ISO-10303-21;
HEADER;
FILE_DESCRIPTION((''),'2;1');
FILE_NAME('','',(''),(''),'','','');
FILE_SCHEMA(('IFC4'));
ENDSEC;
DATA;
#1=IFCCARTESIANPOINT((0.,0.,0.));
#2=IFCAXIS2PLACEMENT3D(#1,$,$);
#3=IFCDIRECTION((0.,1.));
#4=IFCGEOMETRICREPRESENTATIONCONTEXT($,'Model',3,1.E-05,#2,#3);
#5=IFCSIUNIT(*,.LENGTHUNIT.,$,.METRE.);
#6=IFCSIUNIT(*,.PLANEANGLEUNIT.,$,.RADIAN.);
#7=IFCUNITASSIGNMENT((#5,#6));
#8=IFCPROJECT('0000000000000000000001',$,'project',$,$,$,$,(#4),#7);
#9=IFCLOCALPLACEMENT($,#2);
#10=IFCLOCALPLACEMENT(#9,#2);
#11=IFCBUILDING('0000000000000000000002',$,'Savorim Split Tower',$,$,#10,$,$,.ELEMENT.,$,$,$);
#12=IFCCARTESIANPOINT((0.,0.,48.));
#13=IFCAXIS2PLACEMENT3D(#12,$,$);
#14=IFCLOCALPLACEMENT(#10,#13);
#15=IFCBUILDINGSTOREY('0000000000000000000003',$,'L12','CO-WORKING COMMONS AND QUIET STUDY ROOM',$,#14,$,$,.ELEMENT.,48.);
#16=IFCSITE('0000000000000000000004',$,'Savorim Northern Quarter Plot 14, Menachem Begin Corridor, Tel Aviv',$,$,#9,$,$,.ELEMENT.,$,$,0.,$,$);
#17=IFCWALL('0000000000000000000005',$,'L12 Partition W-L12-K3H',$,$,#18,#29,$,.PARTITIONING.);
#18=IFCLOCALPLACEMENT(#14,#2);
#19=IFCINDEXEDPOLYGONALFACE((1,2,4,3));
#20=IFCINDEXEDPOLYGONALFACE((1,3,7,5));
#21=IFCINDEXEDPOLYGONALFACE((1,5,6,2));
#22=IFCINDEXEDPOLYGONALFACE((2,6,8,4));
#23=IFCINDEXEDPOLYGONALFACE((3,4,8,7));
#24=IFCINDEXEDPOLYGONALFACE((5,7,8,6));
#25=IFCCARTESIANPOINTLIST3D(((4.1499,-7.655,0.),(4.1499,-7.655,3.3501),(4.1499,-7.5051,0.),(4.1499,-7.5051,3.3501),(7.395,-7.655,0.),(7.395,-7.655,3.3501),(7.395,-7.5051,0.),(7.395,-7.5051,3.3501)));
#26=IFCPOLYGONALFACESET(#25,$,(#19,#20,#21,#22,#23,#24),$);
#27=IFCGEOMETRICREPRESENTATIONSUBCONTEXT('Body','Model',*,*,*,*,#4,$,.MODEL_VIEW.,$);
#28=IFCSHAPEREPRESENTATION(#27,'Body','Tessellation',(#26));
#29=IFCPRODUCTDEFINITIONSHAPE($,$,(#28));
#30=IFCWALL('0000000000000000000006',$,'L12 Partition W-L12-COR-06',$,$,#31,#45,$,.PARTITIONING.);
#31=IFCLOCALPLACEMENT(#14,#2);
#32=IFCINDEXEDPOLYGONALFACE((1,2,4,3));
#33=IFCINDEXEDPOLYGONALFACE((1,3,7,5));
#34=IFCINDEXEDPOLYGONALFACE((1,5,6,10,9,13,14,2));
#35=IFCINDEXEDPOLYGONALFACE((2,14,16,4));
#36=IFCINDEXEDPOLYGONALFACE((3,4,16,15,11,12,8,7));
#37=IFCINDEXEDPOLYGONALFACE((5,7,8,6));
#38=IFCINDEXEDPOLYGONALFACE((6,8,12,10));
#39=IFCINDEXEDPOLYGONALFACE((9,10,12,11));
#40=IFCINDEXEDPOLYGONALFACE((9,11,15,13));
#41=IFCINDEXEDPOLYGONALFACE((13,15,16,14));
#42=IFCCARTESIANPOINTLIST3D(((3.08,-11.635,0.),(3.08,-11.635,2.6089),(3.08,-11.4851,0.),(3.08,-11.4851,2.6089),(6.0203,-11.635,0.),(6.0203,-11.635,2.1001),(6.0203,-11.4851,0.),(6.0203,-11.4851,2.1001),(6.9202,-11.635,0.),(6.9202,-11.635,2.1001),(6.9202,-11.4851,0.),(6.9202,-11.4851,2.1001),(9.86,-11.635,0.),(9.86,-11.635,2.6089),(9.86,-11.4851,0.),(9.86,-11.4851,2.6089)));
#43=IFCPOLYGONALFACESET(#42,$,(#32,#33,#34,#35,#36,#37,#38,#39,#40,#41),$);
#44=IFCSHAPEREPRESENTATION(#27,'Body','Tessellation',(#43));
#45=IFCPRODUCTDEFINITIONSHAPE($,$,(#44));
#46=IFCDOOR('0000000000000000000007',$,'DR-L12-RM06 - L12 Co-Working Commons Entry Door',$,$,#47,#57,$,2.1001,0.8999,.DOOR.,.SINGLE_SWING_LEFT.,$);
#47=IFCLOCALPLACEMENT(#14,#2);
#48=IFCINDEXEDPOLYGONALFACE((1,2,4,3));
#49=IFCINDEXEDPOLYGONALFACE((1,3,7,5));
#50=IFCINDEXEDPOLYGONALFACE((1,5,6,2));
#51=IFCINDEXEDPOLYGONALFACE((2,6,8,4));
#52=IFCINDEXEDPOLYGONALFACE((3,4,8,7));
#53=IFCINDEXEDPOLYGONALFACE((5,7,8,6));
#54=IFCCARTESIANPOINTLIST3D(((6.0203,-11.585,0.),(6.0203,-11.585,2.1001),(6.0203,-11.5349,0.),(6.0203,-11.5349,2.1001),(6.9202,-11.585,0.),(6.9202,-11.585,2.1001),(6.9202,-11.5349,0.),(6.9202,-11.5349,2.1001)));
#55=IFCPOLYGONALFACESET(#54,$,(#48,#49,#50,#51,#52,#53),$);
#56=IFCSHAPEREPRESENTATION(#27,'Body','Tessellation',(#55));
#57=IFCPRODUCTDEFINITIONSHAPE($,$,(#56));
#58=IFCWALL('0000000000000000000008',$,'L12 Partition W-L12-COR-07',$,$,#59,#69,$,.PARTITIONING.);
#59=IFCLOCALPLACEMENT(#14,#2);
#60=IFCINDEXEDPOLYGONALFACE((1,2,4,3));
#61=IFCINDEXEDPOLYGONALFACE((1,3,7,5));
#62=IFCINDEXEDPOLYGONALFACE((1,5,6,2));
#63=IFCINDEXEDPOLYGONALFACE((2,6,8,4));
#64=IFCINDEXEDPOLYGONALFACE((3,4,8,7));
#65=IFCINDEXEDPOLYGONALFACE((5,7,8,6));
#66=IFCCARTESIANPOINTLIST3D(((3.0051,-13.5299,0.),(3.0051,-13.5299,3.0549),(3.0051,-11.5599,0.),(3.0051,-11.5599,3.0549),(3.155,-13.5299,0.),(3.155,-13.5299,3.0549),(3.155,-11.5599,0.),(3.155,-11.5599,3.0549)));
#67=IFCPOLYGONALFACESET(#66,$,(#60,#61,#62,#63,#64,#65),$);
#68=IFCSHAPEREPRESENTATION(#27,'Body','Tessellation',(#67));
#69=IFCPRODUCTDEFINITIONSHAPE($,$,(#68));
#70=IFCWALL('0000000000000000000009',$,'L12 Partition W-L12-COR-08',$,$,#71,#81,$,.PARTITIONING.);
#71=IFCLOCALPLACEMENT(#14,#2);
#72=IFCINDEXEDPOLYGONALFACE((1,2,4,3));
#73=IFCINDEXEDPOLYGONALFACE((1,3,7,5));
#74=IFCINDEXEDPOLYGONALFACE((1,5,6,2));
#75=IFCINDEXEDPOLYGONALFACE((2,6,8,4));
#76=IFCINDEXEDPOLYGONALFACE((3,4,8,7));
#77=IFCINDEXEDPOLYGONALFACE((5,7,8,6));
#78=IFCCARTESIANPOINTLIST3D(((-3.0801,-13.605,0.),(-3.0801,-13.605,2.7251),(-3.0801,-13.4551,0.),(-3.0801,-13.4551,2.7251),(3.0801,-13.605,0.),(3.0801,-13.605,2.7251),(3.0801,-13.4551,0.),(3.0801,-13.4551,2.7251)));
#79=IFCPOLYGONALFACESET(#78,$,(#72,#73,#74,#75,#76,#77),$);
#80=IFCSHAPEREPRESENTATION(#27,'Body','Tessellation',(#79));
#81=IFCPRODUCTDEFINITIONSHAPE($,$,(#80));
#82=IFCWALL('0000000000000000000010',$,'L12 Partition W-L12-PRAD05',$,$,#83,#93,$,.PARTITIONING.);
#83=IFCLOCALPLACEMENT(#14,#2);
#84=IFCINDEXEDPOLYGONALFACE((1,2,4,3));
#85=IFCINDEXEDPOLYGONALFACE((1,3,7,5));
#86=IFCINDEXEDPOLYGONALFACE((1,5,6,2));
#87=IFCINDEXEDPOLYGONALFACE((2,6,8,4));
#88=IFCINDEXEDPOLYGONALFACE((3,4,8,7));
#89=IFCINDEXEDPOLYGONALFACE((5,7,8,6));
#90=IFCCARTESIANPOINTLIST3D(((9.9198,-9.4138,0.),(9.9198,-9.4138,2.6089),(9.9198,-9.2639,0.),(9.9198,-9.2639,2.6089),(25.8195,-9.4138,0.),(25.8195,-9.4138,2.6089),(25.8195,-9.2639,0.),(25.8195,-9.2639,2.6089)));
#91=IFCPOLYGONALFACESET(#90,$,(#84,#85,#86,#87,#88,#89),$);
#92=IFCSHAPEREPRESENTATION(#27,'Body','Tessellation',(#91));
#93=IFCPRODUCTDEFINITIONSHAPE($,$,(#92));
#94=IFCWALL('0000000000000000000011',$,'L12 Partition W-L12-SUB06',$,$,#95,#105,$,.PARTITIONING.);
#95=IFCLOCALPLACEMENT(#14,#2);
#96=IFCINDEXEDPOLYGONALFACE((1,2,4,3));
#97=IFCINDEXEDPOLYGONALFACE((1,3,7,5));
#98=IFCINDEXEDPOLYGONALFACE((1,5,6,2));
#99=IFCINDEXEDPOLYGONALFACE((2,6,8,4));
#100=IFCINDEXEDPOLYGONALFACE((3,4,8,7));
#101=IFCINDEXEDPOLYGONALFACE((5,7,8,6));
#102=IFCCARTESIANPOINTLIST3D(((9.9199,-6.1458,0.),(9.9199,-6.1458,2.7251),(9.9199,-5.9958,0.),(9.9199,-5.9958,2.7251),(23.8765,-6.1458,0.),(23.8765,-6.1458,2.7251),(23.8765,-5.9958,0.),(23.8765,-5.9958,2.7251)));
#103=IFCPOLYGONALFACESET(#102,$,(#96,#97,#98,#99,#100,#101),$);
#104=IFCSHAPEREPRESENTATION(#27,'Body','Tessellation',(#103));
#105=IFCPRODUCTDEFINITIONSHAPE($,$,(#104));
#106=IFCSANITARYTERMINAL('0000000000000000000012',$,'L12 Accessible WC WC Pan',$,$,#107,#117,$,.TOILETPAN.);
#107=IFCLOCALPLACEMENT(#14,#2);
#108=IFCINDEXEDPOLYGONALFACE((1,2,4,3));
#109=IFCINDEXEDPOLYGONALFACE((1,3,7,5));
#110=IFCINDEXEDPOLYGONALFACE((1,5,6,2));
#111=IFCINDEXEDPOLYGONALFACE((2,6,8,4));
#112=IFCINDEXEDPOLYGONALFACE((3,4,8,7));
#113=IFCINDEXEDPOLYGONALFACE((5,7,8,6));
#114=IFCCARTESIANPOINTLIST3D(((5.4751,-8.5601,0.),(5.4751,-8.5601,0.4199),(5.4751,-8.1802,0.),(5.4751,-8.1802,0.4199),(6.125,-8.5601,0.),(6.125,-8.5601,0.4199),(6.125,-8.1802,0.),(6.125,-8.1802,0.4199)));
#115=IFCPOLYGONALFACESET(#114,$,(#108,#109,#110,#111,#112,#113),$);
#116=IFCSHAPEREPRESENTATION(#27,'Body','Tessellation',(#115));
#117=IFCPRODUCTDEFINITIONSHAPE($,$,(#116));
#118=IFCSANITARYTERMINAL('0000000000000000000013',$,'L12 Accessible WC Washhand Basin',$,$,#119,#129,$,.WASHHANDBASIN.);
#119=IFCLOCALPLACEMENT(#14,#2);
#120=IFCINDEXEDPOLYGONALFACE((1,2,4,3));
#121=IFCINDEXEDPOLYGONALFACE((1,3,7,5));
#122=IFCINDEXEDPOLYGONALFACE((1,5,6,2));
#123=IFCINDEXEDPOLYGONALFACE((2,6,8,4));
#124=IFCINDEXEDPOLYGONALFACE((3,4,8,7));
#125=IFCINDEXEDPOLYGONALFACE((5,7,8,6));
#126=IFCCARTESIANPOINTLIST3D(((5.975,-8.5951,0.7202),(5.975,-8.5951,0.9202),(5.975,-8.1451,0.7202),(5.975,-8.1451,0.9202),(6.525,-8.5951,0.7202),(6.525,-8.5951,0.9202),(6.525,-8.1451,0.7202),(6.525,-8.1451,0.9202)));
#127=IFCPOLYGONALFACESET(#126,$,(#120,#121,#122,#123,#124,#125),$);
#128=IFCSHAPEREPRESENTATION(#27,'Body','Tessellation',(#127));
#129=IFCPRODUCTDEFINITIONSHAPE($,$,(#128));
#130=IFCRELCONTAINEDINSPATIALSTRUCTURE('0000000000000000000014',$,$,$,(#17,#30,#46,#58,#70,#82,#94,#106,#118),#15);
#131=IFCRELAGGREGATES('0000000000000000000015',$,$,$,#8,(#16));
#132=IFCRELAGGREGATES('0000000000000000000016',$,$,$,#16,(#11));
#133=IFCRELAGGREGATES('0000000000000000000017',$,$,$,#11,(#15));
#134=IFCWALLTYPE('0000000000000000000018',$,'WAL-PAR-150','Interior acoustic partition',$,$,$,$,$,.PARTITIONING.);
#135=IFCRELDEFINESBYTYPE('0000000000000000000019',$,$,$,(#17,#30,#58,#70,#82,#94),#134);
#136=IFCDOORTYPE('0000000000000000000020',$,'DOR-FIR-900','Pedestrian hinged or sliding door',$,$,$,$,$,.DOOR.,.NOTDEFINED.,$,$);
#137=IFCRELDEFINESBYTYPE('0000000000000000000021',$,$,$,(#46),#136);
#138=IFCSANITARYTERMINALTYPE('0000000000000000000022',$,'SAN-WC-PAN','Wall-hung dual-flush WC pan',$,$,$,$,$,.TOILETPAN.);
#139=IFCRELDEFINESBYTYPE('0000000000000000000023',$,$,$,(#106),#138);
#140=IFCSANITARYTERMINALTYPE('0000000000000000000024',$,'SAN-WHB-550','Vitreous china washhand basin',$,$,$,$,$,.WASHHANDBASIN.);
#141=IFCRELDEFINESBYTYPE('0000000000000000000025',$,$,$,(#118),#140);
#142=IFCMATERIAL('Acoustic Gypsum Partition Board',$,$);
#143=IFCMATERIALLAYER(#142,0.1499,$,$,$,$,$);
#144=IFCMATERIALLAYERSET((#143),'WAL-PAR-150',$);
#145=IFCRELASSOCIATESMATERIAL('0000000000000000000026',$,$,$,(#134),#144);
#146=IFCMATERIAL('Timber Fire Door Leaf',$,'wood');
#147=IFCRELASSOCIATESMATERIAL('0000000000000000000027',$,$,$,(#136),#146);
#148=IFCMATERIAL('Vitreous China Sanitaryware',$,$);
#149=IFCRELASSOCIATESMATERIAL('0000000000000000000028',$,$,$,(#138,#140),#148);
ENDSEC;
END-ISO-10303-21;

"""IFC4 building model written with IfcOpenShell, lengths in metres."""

from ifc_helpers import new_model, si_unit, direction, frame, frame_2d, origin, origin_2d, place, context, subcontext, project, spatial, rectangle, extrude, material, layer, layer_set, type_object, element, fill, save


model = new_model("IFC4")

# Units and contexts
model_context = context("Model", 3, precision=1e-05, world=origin(), true_north=direction((0.0, 1.0)))
body_context = subcontext(model_context, "Body", "Model", "MODEL_VIEW")
ifc_project = project(units=[si_unit("LENGTHUNIT", "METRE"), si_unit("PLANEANGLEUNIT", "RADIAN")], contexts=[model_context])

# Site, building, storey
site_placement = place(None, origin())
site = spatial("IfcSite", under=ifc_project, at=site_placement, Name="Savorim Northern Quarter Plot 14, Menachem Begin Corridor, Tel Aviv", CompositionType="ELEMENT", RefElevation=0.0)
building_placement = place(site_placement, origin())
building = spatial("IfcBuilding", under=site, at=building_placement, Name="Savorim Split Tower", CompositionType="ELEMENT")
storey_placement = place(building_placement, frame((0.0, 0.0, 48.0)))
storey = spatial("IfcBuildingStorey", under=building, at=storey_placement, Name="L12", Description="CO-WORKING COMMONS AND QUIET STUDY ROOM", CompositionType="ELEMENT", Elevation=48.0)

# Shared definitions
ifc_material_1 = material(Name="Acoustic Gypsum Partition Board")
ifc_layer_1 = layer(ifc_material_1, 0.1499)
ifc_layer_set_1 = layer_set([ifc_layer_1], Name="WAL-PAR-150")
wall_type_1 = type_object("IfcWallType", Name="WAL-PAR-150", Description="Interior acoustic partition", PredefinedType="PARTITIONING", material=ifc_layer_set_1)
ifc_material_2 = material(Name="Timber Fire Door Leaf", Category="wood")
door_type_1 = type_object("IfcDoorType", Name="DOR-FIR-900", Description="Pedestrian hinged or sliding door", OperationType="NOTDEFINED", PredefinedType="DOOR", material=ifc_material_2)

# Wall
wall_1_placement = place(storey_placement, frame((4.1499, -7.5801, 0.0), z_axis=(0.0, 0.0, 1.0), x_axis=(1.0, 0.0, 0.0)))
element("IfcWall", 1, at=wall_1_placement, inside=storey, type_object=wall_type_1, Name="L12 Partition W-L12-K3H", PredefinedType="PARTITIONING", context=body_context, shape_type="SweptSolid", body=[
    extrude(rectangle(XDim=3.2451, YDim=0.1499, at=frame_2d((1.6226, 0.0))), origin(), (0.0, 0.0, 1.0), 3.3501),
])

# Wall, opening, door
wall_2_placement = place(storey_placement, frame((9.8601, -11.5601, 0.0), z_axis=(0.0, 0.0, 1.0), x_axis=(-1.0, 0.0, 0.0)))
wall_2 = element("IfcWall", 2, at=wall_2_placement, inside=storey, type_object=wall_type_1, Name="L12 Partition W-L12-COR-06", PredefinedType="PARTITIONING", context=body_context, shape_type="SweptSolid", body=[
    extrude(rectangle(XDim=6.78, YDim=0.1499, at=frame_2d((3.3901, 0.0))), origin(), (0.0, 0.0, 1.0), 2.6089),
])
opening_1_placement = place(wall_2_placement, frame((2.9399, 0.0, 0.0)))
opening_1 = element("IfcOpeningElement", 3, at=opening_1_placement, cuts=wall_2, PredefinedType="OPENING", context=body_context, shape_type="SweptSolid", body=[
    extrude(rectangle(XDim=0.8999, YDim=2.1001, at=frame_2d((0.45, 1.05))), frame((0.0, 0.085, 0.0), z_axis=(0.0, -1.0, 0.0), x_axis=(1.0, 0.0, 0.0)), (0.0, 0.0, 1.0), 0.1699),
])
door_1_placement = place(opening_1_placement, origin())
door_1 = element("IfcDoor", 4, at=door_1_placement, inside=storey, type_object=door_type_1, Name="DR-L12-RM06 - L12 Co-Working Commons Entry Door", OperationType="SINGLE_SWING_LEFT", OverallHeight=2.1001, OverallWidth=0.8999, PredefinedType="DOOR", context=body_context, shape_type="SweptSolid", body=[
    extrude(rectangle(XDim=0.8999, YDim=2.1001, at=frame_2d((0.45, 1.05))), frame((0.0, 0.0249, 0.0), z_axis=(0.0, -1.0, 0.0), x_axis=(1.0, 0.0, 0.0)), (0.0, 0.0, 1.0), 0.05),
])
fill(opening_1, door_1)

# Walls
wall_3_placement = place(storey_placement, frame((3.0801, -11.5601, 0.0), z_axis=(0.0, 0.0, 1.0), x_axis=(0.0, -1.0, 0.0)))
element("IfcWall", 5, at=wall_3_placement, inside=storey, type_object=wall_type_1, Name="L12 Partition W-L12-COR-07", PredefinedType="PARTITIONING", context=body_context, shape_type="SweptSolid", body=[
    extrude(rectangle(XDim=1.97, YDim=0.1499, at=frame_2d((0.9849, 0.0))), origin(), (0.0, 0.0, 1.0), 3.0549),
])
wall_4_placement = place(storey_placement, frame((3.0801, -13.53, 0.0), z_axis=(0.0, 0.0, 1.0), x_axis=(-1.0, 0.0, 0.0)))
element("IfcWall", 6, at=wall_4_placement, inside=storey, type_object=wall_type_1, Name="L12 Partition W-L12-COR-08", PredefinedType="PARTITIONING", context=body_context, shape_type="SweptSolid", body=[
    extrude(rectangle(XDim=6.1602, YDim=0.1499, at=frame_2d((3.0801, 0.0))), origin(), (0.0, 0.0, 1.0), 2.7251),
])
wall_5_placement = place(storey_placement, frame((9.9199, -9.3389, 0.0), z_axis=(0.0, 0.0, 1.0), x_axis=(1.0, 0.0, 0.0)))
element("IfcWall", 7, at=wall_5_placement, inside=storey, type_object=wall_type_1, Name="L12 Partition W-L12-PRAD05", PredefinedType="PARTITIONING", context=body_context, shape_type="SweptSolid", body=[
    extrude(rectangle(XDim=15.8997, YDim=0.1499, at=frame_2d((7.9497, 0.0))), origin(), (0.0, 0.0, 1.0), 2.6089),
])
wall_6_placement = place(storey_placement, frame((9.9199, -6.0708, 0.0), z_axis=(0.0, 0.0, 1.0), x_axis=(1.0, 0.0, 0.0)))
element("IfcWall", 8, at=wall_6_placement, inside=storey, type_object=wall_type_1, Name="L12 Partition W-L12-SUB06", PredefinedType="PARTITIONING", context=body_context, shape_type="SweptSolid", body=[
    extrude(rectangle(XDim=13.9565, YDim=0.1499, at=frame_2d((6.9783, 0.0))), origin(), (0.0, 0.0, 1.0), 2.7251),
])

# Sanitary terminals
ifc_material_3 = material(Name="Vitreous China Sanitaryware")
sanitary_terminal_type_1 = type_object("IfcSanitaryTerminalType", Name="SAN-WC-PAN", Description="Wall-hung dual-flush WC pan", PredefinedType="TOILETPAN", material=ifc_material_3)
sanitary_terminal_1_placement = place(storey_placement, frame((5.8, -8.3701, 0.0), z_axis=(0.0, 0.0, 1.0), x_axis=(1.0, 0.0, 0.0)))
element("IfcSanitaryTerminal", 9, at=sanitary_terminal_1_placement, inside=storey, type_object=sanitary_terminal_type_1, Name="L12 Accessible WC WC Pan", PredefinedType="TOILETPAN", context=body_context, shape_type="SweptSolid", body=[
    extrude(rectangle(XDim=0.6499, YDim=0.3799, at=origin_2d()), origin(), (0.0, 0.0, 1.0), 0.4199),
])
sanitary_terminal_type_2 = type_object("IfcSanitaryTerminalType", Name="SAN-WHB-550", Description="Vitreous china washhand basin", PredefinedType="WASHHANDBASIN", material=ifc_material_3)
sanitary_terminal_2_placement = place(storey_placement, frame((6.25, -8.3701, 0.7202), z_axis=(0.0, 0.0, 1.0), x_axis=(1.0, 0.0, 0.0)))
element("IfcSanitaryTerminal", 10, at=sanitary_terminal_2_placement, inside=storey, type_object=sanitary_terminal_type_2, Name="L12 Accessible WC Washhand Basin", PredefinedType="WASHHANDBASIN", context=body_context, shape_type="SweptSolid", body=[
    extrude(rectangle(XDim=0.55, YDim=0.45, at=origin_2d()), origin(), (0.0, 0.0, 1.0), 0.2),
])

save(model, "model.ifc")
